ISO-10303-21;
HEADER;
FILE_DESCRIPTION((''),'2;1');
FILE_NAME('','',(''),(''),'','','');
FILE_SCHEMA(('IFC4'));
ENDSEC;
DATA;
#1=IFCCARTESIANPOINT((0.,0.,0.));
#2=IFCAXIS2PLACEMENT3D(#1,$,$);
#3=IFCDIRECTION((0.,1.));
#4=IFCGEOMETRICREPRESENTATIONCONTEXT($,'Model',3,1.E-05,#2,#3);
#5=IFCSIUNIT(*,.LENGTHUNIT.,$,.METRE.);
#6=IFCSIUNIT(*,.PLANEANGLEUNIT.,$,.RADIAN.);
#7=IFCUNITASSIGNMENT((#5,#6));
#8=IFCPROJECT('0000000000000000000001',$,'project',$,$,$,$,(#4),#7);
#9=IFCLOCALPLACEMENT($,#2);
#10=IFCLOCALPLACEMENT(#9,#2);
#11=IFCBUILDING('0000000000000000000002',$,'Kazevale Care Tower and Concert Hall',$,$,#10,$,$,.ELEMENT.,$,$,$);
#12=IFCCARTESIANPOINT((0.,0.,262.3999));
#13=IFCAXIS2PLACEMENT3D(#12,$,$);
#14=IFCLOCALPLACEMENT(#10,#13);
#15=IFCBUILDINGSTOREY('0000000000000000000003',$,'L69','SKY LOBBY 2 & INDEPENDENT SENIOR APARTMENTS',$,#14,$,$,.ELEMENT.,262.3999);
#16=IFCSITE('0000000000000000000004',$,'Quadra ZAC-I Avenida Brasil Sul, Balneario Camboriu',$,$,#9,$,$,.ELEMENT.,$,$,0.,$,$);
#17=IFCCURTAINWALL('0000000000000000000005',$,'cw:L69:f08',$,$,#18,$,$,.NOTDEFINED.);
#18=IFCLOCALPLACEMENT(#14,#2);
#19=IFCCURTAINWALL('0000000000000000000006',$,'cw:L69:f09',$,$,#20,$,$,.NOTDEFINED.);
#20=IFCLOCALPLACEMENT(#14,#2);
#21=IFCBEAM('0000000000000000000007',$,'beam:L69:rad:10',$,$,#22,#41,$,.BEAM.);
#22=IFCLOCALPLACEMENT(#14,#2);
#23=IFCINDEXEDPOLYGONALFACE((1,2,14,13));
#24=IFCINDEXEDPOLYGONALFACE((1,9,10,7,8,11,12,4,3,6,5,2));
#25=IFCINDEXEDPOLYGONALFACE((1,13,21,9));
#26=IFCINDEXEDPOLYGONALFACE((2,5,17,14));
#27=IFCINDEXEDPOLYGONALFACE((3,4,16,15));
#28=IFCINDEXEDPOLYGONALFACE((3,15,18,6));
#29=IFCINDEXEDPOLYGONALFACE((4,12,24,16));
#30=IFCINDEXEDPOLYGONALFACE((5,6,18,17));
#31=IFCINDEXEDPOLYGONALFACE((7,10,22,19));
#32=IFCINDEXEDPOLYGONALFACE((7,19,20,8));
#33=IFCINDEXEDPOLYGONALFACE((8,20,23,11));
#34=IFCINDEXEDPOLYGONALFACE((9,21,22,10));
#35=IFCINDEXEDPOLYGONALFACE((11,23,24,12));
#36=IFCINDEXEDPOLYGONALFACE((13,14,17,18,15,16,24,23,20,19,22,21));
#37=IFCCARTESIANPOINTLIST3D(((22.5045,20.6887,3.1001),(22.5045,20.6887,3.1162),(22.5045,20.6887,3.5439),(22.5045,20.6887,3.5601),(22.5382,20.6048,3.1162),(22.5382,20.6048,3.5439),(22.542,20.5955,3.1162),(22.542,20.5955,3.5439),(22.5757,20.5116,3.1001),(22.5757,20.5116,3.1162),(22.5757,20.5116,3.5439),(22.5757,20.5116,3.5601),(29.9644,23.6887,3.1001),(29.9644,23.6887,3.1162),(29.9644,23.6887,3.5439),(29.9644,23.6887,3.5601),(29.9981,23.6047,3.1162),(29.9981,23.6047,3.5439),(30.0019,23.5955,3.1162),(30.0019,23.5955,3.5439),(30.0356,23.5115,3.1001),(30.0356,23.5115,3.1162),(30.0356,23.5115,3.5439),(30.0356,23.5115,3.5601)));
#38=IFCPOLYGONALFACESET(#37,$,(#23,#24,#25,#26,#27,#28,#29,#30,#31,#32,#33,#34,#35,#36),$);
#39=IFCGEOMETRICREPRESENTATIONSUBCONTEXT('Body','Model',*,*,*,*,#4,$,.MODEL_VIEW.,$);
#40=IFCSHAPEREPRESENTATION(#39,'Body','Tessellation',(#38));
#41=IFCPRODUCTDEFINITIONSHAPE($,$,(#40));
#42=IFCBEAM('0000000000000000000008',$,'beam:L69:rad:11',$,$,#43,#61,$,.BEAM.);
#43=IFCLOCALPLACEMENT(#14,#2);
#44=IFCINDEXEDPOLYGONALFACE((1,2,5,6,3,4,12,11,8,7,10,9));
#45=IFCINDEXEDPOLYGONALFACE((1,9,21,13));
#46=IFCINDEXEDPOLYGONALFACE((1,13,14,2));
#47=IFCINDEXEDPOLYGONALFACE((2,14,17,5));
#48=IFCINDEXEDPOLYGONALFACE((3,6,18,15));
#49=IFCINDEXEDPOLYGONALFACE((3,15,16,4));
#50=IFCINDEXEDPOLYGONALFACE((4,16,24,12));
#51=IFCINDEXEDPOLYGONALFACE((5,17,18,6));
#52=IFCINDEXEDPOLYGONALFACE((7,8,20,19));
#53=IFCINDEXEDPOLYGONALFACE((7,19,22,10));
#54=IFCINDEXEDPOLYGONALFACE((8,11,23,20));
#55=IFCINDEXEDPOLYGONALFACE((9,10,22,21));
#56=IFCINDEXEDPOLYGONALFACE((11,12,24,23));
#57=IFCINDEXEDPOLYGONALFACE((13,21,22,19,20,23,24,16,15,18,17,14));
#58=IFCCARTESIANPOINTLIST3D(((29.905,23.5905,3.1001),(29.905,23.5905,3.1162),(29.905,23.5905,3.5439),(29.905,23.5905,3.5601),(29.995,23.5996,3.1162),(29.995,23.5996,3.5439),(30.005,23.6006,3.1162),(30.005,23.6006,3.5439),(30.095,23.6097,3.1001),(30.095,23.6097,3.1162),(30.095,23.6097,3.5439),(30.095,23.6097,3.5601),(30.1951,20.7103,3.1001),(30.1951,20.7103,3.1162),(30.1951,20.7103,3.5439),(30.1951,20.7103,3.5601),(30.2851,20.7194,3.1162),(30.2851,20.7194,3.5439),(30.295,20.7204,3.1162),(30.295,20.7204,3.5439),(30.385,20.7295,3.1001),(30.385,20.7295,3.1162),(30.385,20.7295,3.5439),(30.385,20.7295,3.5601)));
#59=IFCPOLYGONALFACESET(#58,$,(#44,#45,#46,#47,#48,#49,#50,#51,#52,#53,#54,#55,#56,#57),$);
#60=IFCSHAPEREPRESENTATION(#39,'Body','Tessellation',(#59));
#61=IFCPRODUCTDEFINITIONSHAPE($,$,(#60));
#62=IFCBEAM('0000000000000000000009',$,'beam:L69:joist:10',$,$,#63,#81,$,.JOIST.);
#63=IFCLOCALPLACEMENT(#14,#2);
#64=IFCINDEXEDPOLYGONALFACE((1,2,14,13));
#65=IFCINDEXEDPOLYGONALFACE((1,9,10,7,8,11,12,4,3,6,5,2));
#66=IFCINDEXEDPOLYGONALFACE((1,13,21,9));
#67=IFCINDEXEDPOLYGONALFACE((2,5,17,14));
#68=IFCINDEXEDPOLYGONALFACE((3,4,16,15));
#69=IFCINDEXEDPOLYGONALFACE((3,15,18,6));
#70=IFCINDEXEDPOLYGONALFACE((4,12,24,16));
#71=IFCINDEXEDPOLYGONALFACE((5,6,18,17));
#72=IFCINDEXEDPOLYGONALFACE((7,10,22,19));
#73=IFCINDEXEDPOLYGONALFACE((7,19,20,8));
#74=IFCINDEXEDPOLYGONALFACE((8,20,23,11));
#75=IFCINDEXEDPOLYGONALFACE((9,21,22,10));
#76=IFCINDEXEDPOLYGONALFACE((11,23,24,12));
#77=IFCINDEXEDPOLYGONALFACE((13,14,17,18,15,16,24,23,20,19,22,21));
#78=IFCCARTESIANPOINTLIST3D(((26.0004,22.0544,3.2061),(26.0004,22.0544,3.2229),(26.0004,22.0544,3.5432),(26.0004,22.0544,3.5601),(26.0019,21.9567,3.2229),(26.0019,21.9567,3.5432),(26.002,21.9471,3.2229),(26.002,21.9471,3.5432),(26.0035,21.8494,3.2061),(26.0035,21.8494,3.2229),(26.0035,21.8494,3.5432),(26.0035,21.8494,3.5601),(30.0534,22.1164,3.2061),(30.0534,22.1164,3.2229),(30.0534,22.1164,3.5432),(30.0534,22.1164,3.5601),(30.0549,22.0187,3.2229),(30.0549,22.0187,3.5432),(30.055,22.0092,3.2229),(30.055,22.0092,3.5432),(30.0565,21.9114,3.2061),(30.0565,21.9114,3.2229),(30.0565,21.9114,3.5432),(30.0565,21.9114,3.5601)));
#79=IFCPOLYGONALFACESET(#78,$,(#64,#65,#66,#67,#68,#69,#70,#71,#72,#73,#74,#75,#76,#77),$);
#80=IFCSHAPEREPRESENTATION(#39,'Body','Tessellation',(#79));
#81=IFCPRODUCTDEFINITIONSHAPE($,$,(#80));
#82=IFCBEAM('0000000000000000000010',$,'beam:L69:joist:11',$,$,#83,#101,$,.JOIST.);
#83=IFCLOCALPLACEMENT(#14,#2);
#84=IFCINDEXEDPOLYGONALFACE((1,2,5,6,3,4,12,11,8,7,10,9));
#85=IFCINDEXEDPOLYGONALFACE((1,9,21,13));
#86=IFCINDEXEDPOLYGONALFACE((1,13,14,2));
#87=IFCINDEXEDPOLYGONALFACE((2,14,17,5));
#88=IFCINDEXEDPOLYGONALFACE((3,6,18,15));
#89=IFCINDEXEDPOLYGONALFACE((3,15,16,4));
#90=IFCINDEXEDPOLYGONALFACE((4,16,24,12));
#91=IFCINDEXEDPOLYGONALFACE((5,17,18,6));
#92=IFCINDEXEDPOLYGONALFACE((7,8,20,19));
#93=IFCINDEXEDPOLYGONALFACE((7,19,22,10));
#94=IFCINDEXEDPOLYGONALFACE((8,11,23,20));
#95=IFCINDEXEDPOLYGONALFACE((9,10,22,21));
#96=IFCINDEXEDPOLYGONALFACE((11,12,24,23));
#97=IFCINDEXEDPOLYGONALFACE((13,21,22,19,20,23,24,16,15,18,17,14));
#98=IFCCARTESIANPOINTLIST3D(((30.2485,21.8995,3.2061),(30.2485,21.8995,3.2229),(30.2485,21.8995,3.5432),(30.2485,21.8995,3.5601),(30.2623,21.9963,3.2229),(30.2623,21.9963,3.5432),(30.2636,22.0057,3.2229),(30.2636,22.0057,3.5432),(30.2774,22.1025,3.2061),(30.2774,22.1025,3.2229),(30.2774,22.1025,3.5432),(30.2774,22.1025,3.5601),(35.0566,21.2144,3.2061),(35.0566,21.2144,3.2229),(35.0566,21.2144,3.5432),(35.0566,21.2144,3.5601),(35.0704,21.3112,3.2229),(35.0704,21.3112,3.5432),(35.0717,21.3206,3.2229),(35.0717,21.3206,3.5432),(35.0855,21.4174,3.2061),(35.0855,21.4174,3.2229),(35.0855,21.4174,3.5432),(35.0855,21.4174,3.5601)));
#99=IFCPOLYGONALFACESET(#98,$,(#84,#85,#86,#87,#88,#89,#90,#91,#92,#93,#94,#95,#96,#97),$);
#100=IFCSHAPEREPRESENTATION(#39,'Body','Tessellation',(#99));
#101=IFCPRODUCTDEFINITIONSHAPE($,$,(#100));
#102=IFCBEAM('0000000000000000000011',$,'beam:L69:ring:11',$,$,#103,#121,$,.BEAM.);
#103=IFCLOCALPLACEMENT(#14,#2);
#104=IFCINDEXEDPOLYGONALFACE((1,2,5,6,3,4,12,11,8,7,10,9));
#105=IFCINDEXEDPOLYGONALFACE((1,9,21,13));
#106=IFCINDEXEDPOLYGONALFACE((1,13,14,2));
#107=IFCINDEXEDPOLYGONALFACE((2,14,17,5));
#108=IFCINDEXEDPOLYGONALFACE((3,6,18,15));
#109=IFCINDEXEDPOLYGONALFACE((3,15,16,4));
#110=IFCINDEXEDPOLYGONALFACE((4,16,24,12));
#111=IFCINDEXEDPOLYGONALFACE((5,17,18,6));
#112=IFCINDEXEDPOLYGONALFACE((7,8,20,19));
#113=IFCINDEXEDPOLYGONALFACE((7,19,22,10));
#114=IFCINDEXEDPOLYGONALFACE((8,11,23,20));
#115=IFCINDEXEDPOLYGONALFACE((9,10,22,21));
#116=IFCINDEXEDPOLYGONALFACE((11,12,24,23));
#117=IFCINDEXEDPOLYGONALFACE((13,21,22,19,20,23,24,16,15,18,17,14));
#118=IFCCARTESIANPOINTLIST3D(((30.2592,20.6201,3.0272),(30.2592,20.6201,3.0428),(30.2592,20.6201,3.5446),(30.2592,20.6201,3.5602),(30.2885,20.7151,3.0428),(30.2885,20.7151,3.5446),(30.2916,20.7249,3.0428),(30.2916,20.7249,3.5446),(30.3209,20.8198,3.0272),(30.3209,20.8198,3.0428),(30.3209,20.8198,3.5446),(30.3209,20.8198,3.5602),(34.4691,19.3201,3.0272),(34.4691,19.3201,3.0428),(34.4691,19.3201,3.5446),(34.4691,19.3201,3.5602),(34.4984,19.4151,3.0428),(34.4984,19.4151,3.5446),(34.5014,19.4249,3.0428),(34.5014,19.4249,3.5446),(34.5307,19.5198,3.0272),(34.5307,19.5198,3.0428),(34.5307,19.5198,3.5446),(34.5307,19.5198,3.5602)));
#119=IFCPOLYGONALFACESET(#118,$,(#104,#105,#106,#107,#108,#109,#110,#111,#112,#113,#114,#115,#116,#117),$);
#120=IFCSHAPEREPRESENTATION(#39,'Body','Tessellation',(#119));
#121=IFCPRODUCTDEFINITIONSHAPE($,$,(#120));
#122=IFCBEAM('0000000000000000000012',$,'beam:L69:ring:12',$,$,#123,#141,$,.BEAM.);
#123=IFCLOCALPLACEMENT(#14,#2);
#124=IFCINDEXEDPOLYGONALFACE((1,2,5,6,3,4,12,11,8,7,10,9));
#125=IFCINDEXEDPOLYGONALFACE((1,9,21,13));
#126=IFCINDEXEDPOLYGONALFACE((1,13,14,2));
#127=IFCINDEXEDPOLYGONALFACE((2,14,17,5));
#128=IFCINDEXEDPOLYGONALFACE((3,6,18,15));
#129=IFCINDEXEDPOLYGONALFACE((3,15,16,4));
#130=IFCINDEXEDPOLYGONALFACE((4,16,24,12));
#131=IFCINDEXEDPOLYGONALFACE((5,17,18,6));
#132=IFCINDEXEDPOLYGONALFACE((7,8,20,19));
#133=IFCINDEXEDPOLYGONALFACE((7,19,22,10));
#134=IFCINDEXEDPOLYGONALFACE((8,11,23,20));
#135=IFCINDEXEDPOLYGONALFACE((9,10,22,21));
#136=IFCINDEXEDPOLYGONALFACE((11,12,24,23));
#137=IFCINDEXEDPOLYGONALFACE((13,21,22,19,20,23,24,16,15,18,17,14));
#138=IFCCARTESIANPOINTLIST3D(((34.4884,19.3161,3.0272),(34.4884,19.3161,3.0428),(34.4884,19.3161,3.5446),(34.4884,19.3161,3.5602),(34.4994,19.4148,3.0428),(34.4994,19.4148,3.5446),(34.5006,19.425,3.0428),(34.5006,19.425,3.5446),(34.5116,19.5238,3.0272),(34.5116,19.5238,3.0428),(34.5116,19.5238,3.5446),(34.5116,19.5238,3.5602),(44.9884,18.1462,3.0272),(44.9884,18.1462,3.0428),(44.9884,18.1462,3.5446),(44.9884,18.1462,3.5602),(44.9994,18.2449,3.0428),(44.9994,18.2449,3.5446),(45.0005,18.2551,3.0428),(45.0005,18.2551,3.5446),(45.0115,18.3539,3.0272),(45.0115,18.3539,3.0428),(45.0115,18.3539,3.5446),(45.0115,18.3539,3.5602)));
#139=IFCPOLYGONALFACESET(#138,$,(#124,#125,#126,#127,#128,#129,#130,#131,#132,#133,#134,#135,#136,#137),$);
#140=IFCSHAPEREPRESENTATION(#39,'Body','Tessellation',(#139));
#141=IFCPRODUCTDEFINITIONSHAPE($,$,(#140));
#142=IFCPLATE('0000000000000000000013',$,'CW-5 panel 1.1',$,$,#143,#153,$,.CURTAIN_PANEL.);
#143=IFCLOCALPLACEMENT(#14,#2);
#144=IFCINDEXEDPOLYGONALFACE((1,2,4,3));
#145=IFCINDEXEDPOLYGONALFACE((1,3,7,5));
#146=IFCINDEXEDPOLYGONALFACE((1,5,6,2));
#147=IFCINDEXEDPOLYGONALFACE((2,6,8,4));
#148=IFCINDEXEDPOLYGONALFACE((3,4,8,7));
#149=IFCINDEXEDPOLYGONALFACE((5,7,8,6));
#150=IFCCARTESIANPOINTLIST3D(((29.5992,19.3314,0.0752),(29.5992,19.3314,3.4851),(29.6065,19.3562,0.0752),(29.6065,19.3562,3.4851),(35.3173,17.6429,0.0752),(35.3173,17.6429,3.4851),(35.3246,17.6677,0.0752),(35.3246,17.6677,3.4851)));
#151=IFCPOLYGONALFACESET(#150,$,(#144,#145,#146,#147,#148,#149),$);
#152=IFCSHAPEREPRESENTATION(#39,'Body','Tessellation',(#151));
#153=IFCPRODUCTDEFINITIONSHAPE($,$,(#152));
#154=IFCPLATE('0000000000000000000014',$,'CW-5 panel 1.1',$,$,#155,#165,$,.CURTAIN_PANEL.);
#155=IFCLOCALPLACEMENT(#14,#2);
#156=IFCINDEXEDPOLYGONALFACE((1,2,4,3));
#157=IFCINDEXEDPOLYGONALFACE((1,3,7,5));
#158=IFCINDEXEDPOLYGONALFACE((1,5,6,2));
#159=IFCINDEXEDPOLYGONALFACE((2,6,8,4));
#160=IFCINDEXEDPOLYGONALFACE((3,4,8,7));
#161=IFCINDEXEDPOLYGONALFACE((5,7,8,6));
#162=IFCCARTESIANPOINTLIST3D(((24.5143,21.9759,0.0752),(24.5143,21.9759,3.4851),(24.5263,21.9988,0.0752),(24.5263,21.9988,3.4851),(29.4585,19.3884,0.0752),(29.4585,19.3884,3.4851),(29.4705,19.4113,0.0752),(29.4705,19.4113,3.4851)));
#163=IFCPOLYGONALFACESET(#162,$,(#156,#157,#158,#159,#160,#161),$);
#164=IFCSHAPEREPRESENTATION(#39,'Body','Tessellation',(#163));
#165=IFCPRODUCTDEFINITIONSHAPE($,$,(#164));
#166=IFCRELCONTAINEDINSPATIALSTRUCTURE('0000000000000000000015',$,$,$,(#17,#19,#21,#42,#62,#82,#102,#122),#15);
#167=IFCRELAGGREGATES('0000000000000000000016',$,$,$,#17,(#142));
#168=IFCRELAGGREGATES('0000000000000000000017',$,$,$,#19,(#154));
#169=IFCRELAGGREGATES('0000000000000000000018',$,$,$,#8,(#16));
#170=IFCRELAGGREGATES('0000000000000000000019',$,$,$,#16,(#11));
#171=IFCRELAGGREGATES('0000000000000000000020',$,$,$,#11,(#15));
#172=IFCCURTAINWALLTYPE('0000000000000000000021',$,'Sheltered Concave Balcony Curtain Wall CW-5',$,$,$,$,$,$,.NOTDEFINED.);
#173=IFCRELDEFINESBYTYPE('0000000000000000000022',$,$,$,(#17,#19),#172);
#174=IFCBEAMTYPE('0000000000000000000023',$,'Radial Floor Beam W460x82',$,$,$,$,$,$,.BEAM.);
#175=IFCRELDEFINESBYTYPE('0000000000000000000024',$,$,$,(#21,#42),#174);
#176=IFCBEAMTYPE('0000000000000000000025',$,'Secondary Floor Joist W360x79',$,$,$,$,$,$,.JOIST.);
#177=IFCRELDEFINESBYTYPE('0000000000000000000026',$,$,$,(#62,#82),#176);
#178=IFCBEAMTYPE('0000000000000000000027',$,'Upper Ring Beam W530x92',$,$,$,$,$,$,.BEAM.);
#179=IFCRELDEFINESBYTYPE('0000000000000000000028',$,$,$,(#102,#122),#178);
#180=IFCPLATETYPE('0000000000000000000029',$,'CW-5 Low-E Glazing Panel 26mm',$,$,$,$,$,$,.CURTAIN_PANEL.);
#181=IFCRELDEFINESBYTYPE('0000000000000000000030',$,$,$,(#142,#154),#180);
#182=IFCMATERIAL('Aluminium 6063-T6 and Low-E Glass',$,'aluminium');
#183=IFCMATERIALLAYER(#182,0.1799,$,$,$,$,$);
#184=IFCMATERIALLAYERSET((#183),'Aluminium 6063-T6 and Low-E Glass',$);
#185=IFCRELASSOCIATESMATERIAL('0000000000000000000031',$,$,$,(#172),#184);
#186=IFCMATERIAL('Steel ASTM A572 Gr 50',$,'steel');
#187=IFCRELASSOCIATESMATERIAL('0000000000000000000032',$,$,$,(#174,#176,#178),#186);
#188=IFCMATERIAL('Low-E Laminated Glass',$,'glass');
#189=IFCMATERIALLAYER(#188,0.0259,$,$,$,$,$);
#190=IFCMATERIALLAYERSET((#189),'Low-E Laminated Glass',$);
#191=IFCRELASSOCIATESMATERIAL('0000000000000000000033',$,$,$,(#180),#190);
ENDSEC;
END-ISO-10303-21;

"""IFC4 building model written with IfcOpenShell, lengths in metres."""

from ifc_helpers import new_model, si_unit, direction, frame, origin, origin_2d, place, context, subcontext, project, spatial, rectangle, i_section, extrude, material, layer, layer_set, material_profile, profile_set, type_object, element, aggregate, save


model = new_model("IFC4")

# Units and contexts
model_context = context("Model", 3, precision=1e-05, world=origin(), true_north=direction((0.0, 1.0)))
body_context = subcontext(model_context, "Body", "Model", "MODEL_VIEW")
ifc_project = project(units=[si_unit("LENGTHUNIT", "METRE"), si_unit("PLANEANGLEUNIT", "RADIAN")], contexts=[model_context])

# Site, building, storey
site_placement = place(None, origin())
site = spatial("IfcSite", under=ifc_project, at=site_placement, Name="Quadra ZAC-I Avenida Brasil Sul, Balneario Camboriu", CompositionType="ELEMENT", RefElevation=0.0)
building_placement = place(site_placement, origin())
building = spatial("IfcBuilding", under=site, at=building_placement, Name="Kazevale Care Tower and Concert Hall", CompositionType="ELEMENT")
storey_placement = place(building_placement, frame((0.0, 0.0, 262.3999)))
storey = spatial("IfcBuildingStorey", under=building, at=storey_placement, Name="L69", Description="SKY LOBBY 2 & INDEPENDENT SENIOR APARTMENTS", CompositionType="ELEMENT", Elevation=262.3999)

# Curtain wall
ifc_material_1 = material(Name="Aluminium 6063-T6 and Low-E Glass", Category="aluminium")
ifc_layer_1 = layer(ifc_material_1, 0.1799)
ifc_layer_set_1 = layer_set([ifc_layer_1], Name="Aluminium 6063-T6 and Low-E Glass")
curtain_wall_type = type_object("IfcCurtainWallType", Name="Sheltered Concave Balcony Curtain Wall CW-5", PredefinedType="NOTDEFINED", material=ifc_layer_set_1)
curtain_wall_1_placement = place(storey_placement, origin())
curtain_wall_1 = element("IfcCurtainWall", 1, at=curtain_wall_1_placement, inside=storey, type_object=curtain_wall_type, Name="cw:L69:f08", PredefinedType="NOTDEFINED")

# Curtain wall
curtain_wall_2_placement = place(storey_placement, origin())
curtain_wall_2 = element("IfcCurtainWall", 2, at=curtain_wall_2_placement, inside=storey, type_object=curtain_wall_type, Name="cw:L69:f09", PredefinedType="NOTDEFINED")

# Beams
ifc_material_2 = material(Name="Steel ASTM A572 Gr 50", Category="steel")
ifc_material_profile_1 = material_profile(ifc_material_2, i_section(OverallWidth=0.1909, OverallDepth=0.46, WebThickness=0.01, FlangeThickness=0.0161, at=origin_2d()), Name="W460x82")
ifc_profile_set_1 = profile_set([ifc_material_profile_1], Name="Steel ASTM A572 Gr 50")
beam_type_1 = type_object("IfcBeamType", Name="Radial Floor Beam W460x82", PredefinedType="BEAM", material=ifc_profile_set_1)
beam_1_placement = place(storey_placement, frame((30.0, 23.6001, 3.3301), z_axis=(-0.927788, -0.373107, 0.0), x_axis=(0.373107, -0.927788, 0.0)))
element("IfcBeam", 3, at=beam_1_placement, inside=storey, type_object=beam_type_1, Name="beam:L69:rad:10", PredefinedType="BEAM", context=body_context, shape_type="SweptSolid", body=[
    extrude(i_section(OverallWidth=0.1909, OverallDepth=0.46, WebThickness=0.01, FlangeThickness=0.0161, at=origin_2d()), origin(), (0.0, 0.0, 1.0), 8.0405),
])
beam_2_placement = place(storey_placement, frame((30.0, 23.6001, 3.3301), z_axis=(0.100197, -0.994968, 0.0), x_axis=(0.994968, 0.100197, 0.0)))
element("IfcBeam", 4, at=beam_2_placement, inside=storey, type_object=beam_type_1, Name="beam:L69:rad:11", PredefinedType="BEAM", context=body_context, shape_type="SweptSolid", body=[
    extrude(i_section(OverallWidth=0.1909, OverallDepth=0.46, WebThickness=0.01, FlangeThickness=0.0161, at=origin_2d()), origin(), (0.0, 0.0, 1.0), 2.8948),
])
ifc_material_profile_2 = material_profile(ifc_material_2, i_section(OverallWidth=0.2051, OverallDepth=0.354, WebThickness=0.0095, FlangeThickness=0.0168, at=origin_2d()), Name="W360x79")
ifc_profile_set_2 = profile_set([ifc_material_profile_2], Name="Steel ASTM A572 Gr 50")
beam_type_2 = type_object("IfcBeamType", Name="Secondary Floor Joist W360x79", PredefinedType="JOIST", material=ifc_profile_set_2)
beam_3_placement = place(storey_placement, frame((26.002, 21.9519, 3.3831), z_axis=(0.999883, 0.015298, 0.0), x_axis=(-0.015298, 0.999883, 0.0)))
element("IfcBeam", 5, at=beam_3_placement, inside=storey, type_object=beam_type_2, Name="beam:L69:joist:10", PredefinedType="JOIST", context=body_context, shape_type="SweptSolid", body=[
    extrude(i_section(OverallWidth=0.2051, OverallDepth=0.354, WebThickness=0.0095, FlangeThickness=0.0168, at=origin_2d()), origin(), (0.0, 0.0, 1.0), 4.0535),
])
beam_4_placement = place(storey_placement, frame((30.2629, 22.001, 3.3831), z_axis=(0.990002, -0.141055, 0.0), x_axis=(0.141055, 0.990002, 0.0)))
element("IfcBeam", 6, at=beam_4_placement, inside=storey, type_object=beam_type_2, Name="beam:L69:joist:11", PredefinedType="JOIST", context=body_context, shape_type="SweptSolid", body=[
    extrude(i_section(OverallWidth=0.2051, OverallDepth=0.354, WebThickness=0.0095, FlangeThickness=0.0168, at=origin_2d()), origin(), (0.0, 0.0, 1.0), 4.8567),
])
ifc_material_profile_3 = material_profile(ifc_material_2, i_section(OverallWidth=0.209, OverallDepth=0.533, WebThickness=0.0103, FlangeThickness=0.0156, at=origin_2d()), Name="W530x92")
ifc_profile_set_3 = profile_set([ifc_material_profile_3], Name="Steel ASTM A572 Gr 50")
beam_type_3 = type_object("IfcBeamType", Name="Upper Ring Beam W530x92", PredefinedType="BEAM", material=ifc_profile_set_3)
beam_5_placement = place(storey_placement, frame((30.29, 20.72, 3.2937), z_axis=(0.95548, -0.295055, 0.0), x_axis=(0.295055, 0.95548, 0.0)))
element("IfcBeam", 7, at=beam_5_placement, inside=storey, type_object=beam_type_3, Name="beam:L69:ring:11", PredefinedType="BEAM", context=body_context, shape_type="SweptSolid", body=[
    extrude(i_section(OverallWidth=0.209, OverallDepth=0.533, WebThickness=0.0103, FlangeThickness=0.0156, at=origin_2d()), origin(), (0.0, 0.0, 1.0), 4.406),
])
beam_6_placement = place(storey_placement, frame((34.5, 19.4199, 3.2937), z_axis=(0.99385, -0.110736, 0.0), x_axis=(0.110736, 0.99385, 0.0)))
element("IfcBeam", 8, at=beam_6_placement, inside=storey, type_object=beam_type_3, Name="beam:L69:ring:12", PredefinedType="BEAM", context=body_context, shape_type="SweptSolid", body=[
    extrude(i_section(OverallWidth=0.209, OverallDepth=0.533, WebThickness=0.0103, FlangeThickness=0.0156, at=origin_2d()), origin(), (0.0, 0.0, 1.0), 10.5649),
])

# Plates
ifc_material_3 = material(Name="Low-E Laminated Glass", Category="glass")
ifc_layer_2 = layer(ifc_material_3, 0.0259)
ifc_layer_set_2 = layer_set([ifc_layer_2], Name="Low-E Laminated Glass")
plate_type = type_object("IfcPlateType", Name="CW-5 Low-E Glazing Panel 26mm", PredefinedType="CURTAIN_PANEL", material=ifc_layer_set_2)
plate_1_placement = place(storey_placement, frame((32.4619, 18.4995, 0.0752), z_axis=(0.0, 0.0, 1.0), x_axis=(-0.95906, 0.283203, 0.0)))
plate_1 = element("IfcPlate", 9, at=plate_1_placement, type_object=plate_type, Name="CW-5 panel 1.1", PredefinedType="CURTAIN_PANEL", context=body_context, shape_type="SweptSolid", body=[
    extrude(rectangle(XDim=5.9622, YDim=0.0259, at=origin_2d()), origin(), (0.0, 0.0, 1.0), 3.4099),
])
aggregate(curtain_wall_1, [plate_1])
plate_2_placement = place(storey_placement, frame((26.9924, 20.6936, 0.0752), z_axis=(0.0, 0.0, 1.0), x_axis=(-0.886002, 0.463681, 0.0)))
plate_2 = element("IfcPlate", 10, at=plate_2_placement, type_object=plate_type, Name="CW-5 panel 1.1", PredefinedType="CURTAIN_PANEL", context=body_context, shape_type="SweptSolid", body=[
    extrude(rectangle(XDim=5.5803, YDim=0.0259, at=origin_2d()), origin(), (0.0, 0.0, 1.0), 3.4099),
])
aggregate(curtain_wall_2, [plate_2])

save(model, "model.ifc")
